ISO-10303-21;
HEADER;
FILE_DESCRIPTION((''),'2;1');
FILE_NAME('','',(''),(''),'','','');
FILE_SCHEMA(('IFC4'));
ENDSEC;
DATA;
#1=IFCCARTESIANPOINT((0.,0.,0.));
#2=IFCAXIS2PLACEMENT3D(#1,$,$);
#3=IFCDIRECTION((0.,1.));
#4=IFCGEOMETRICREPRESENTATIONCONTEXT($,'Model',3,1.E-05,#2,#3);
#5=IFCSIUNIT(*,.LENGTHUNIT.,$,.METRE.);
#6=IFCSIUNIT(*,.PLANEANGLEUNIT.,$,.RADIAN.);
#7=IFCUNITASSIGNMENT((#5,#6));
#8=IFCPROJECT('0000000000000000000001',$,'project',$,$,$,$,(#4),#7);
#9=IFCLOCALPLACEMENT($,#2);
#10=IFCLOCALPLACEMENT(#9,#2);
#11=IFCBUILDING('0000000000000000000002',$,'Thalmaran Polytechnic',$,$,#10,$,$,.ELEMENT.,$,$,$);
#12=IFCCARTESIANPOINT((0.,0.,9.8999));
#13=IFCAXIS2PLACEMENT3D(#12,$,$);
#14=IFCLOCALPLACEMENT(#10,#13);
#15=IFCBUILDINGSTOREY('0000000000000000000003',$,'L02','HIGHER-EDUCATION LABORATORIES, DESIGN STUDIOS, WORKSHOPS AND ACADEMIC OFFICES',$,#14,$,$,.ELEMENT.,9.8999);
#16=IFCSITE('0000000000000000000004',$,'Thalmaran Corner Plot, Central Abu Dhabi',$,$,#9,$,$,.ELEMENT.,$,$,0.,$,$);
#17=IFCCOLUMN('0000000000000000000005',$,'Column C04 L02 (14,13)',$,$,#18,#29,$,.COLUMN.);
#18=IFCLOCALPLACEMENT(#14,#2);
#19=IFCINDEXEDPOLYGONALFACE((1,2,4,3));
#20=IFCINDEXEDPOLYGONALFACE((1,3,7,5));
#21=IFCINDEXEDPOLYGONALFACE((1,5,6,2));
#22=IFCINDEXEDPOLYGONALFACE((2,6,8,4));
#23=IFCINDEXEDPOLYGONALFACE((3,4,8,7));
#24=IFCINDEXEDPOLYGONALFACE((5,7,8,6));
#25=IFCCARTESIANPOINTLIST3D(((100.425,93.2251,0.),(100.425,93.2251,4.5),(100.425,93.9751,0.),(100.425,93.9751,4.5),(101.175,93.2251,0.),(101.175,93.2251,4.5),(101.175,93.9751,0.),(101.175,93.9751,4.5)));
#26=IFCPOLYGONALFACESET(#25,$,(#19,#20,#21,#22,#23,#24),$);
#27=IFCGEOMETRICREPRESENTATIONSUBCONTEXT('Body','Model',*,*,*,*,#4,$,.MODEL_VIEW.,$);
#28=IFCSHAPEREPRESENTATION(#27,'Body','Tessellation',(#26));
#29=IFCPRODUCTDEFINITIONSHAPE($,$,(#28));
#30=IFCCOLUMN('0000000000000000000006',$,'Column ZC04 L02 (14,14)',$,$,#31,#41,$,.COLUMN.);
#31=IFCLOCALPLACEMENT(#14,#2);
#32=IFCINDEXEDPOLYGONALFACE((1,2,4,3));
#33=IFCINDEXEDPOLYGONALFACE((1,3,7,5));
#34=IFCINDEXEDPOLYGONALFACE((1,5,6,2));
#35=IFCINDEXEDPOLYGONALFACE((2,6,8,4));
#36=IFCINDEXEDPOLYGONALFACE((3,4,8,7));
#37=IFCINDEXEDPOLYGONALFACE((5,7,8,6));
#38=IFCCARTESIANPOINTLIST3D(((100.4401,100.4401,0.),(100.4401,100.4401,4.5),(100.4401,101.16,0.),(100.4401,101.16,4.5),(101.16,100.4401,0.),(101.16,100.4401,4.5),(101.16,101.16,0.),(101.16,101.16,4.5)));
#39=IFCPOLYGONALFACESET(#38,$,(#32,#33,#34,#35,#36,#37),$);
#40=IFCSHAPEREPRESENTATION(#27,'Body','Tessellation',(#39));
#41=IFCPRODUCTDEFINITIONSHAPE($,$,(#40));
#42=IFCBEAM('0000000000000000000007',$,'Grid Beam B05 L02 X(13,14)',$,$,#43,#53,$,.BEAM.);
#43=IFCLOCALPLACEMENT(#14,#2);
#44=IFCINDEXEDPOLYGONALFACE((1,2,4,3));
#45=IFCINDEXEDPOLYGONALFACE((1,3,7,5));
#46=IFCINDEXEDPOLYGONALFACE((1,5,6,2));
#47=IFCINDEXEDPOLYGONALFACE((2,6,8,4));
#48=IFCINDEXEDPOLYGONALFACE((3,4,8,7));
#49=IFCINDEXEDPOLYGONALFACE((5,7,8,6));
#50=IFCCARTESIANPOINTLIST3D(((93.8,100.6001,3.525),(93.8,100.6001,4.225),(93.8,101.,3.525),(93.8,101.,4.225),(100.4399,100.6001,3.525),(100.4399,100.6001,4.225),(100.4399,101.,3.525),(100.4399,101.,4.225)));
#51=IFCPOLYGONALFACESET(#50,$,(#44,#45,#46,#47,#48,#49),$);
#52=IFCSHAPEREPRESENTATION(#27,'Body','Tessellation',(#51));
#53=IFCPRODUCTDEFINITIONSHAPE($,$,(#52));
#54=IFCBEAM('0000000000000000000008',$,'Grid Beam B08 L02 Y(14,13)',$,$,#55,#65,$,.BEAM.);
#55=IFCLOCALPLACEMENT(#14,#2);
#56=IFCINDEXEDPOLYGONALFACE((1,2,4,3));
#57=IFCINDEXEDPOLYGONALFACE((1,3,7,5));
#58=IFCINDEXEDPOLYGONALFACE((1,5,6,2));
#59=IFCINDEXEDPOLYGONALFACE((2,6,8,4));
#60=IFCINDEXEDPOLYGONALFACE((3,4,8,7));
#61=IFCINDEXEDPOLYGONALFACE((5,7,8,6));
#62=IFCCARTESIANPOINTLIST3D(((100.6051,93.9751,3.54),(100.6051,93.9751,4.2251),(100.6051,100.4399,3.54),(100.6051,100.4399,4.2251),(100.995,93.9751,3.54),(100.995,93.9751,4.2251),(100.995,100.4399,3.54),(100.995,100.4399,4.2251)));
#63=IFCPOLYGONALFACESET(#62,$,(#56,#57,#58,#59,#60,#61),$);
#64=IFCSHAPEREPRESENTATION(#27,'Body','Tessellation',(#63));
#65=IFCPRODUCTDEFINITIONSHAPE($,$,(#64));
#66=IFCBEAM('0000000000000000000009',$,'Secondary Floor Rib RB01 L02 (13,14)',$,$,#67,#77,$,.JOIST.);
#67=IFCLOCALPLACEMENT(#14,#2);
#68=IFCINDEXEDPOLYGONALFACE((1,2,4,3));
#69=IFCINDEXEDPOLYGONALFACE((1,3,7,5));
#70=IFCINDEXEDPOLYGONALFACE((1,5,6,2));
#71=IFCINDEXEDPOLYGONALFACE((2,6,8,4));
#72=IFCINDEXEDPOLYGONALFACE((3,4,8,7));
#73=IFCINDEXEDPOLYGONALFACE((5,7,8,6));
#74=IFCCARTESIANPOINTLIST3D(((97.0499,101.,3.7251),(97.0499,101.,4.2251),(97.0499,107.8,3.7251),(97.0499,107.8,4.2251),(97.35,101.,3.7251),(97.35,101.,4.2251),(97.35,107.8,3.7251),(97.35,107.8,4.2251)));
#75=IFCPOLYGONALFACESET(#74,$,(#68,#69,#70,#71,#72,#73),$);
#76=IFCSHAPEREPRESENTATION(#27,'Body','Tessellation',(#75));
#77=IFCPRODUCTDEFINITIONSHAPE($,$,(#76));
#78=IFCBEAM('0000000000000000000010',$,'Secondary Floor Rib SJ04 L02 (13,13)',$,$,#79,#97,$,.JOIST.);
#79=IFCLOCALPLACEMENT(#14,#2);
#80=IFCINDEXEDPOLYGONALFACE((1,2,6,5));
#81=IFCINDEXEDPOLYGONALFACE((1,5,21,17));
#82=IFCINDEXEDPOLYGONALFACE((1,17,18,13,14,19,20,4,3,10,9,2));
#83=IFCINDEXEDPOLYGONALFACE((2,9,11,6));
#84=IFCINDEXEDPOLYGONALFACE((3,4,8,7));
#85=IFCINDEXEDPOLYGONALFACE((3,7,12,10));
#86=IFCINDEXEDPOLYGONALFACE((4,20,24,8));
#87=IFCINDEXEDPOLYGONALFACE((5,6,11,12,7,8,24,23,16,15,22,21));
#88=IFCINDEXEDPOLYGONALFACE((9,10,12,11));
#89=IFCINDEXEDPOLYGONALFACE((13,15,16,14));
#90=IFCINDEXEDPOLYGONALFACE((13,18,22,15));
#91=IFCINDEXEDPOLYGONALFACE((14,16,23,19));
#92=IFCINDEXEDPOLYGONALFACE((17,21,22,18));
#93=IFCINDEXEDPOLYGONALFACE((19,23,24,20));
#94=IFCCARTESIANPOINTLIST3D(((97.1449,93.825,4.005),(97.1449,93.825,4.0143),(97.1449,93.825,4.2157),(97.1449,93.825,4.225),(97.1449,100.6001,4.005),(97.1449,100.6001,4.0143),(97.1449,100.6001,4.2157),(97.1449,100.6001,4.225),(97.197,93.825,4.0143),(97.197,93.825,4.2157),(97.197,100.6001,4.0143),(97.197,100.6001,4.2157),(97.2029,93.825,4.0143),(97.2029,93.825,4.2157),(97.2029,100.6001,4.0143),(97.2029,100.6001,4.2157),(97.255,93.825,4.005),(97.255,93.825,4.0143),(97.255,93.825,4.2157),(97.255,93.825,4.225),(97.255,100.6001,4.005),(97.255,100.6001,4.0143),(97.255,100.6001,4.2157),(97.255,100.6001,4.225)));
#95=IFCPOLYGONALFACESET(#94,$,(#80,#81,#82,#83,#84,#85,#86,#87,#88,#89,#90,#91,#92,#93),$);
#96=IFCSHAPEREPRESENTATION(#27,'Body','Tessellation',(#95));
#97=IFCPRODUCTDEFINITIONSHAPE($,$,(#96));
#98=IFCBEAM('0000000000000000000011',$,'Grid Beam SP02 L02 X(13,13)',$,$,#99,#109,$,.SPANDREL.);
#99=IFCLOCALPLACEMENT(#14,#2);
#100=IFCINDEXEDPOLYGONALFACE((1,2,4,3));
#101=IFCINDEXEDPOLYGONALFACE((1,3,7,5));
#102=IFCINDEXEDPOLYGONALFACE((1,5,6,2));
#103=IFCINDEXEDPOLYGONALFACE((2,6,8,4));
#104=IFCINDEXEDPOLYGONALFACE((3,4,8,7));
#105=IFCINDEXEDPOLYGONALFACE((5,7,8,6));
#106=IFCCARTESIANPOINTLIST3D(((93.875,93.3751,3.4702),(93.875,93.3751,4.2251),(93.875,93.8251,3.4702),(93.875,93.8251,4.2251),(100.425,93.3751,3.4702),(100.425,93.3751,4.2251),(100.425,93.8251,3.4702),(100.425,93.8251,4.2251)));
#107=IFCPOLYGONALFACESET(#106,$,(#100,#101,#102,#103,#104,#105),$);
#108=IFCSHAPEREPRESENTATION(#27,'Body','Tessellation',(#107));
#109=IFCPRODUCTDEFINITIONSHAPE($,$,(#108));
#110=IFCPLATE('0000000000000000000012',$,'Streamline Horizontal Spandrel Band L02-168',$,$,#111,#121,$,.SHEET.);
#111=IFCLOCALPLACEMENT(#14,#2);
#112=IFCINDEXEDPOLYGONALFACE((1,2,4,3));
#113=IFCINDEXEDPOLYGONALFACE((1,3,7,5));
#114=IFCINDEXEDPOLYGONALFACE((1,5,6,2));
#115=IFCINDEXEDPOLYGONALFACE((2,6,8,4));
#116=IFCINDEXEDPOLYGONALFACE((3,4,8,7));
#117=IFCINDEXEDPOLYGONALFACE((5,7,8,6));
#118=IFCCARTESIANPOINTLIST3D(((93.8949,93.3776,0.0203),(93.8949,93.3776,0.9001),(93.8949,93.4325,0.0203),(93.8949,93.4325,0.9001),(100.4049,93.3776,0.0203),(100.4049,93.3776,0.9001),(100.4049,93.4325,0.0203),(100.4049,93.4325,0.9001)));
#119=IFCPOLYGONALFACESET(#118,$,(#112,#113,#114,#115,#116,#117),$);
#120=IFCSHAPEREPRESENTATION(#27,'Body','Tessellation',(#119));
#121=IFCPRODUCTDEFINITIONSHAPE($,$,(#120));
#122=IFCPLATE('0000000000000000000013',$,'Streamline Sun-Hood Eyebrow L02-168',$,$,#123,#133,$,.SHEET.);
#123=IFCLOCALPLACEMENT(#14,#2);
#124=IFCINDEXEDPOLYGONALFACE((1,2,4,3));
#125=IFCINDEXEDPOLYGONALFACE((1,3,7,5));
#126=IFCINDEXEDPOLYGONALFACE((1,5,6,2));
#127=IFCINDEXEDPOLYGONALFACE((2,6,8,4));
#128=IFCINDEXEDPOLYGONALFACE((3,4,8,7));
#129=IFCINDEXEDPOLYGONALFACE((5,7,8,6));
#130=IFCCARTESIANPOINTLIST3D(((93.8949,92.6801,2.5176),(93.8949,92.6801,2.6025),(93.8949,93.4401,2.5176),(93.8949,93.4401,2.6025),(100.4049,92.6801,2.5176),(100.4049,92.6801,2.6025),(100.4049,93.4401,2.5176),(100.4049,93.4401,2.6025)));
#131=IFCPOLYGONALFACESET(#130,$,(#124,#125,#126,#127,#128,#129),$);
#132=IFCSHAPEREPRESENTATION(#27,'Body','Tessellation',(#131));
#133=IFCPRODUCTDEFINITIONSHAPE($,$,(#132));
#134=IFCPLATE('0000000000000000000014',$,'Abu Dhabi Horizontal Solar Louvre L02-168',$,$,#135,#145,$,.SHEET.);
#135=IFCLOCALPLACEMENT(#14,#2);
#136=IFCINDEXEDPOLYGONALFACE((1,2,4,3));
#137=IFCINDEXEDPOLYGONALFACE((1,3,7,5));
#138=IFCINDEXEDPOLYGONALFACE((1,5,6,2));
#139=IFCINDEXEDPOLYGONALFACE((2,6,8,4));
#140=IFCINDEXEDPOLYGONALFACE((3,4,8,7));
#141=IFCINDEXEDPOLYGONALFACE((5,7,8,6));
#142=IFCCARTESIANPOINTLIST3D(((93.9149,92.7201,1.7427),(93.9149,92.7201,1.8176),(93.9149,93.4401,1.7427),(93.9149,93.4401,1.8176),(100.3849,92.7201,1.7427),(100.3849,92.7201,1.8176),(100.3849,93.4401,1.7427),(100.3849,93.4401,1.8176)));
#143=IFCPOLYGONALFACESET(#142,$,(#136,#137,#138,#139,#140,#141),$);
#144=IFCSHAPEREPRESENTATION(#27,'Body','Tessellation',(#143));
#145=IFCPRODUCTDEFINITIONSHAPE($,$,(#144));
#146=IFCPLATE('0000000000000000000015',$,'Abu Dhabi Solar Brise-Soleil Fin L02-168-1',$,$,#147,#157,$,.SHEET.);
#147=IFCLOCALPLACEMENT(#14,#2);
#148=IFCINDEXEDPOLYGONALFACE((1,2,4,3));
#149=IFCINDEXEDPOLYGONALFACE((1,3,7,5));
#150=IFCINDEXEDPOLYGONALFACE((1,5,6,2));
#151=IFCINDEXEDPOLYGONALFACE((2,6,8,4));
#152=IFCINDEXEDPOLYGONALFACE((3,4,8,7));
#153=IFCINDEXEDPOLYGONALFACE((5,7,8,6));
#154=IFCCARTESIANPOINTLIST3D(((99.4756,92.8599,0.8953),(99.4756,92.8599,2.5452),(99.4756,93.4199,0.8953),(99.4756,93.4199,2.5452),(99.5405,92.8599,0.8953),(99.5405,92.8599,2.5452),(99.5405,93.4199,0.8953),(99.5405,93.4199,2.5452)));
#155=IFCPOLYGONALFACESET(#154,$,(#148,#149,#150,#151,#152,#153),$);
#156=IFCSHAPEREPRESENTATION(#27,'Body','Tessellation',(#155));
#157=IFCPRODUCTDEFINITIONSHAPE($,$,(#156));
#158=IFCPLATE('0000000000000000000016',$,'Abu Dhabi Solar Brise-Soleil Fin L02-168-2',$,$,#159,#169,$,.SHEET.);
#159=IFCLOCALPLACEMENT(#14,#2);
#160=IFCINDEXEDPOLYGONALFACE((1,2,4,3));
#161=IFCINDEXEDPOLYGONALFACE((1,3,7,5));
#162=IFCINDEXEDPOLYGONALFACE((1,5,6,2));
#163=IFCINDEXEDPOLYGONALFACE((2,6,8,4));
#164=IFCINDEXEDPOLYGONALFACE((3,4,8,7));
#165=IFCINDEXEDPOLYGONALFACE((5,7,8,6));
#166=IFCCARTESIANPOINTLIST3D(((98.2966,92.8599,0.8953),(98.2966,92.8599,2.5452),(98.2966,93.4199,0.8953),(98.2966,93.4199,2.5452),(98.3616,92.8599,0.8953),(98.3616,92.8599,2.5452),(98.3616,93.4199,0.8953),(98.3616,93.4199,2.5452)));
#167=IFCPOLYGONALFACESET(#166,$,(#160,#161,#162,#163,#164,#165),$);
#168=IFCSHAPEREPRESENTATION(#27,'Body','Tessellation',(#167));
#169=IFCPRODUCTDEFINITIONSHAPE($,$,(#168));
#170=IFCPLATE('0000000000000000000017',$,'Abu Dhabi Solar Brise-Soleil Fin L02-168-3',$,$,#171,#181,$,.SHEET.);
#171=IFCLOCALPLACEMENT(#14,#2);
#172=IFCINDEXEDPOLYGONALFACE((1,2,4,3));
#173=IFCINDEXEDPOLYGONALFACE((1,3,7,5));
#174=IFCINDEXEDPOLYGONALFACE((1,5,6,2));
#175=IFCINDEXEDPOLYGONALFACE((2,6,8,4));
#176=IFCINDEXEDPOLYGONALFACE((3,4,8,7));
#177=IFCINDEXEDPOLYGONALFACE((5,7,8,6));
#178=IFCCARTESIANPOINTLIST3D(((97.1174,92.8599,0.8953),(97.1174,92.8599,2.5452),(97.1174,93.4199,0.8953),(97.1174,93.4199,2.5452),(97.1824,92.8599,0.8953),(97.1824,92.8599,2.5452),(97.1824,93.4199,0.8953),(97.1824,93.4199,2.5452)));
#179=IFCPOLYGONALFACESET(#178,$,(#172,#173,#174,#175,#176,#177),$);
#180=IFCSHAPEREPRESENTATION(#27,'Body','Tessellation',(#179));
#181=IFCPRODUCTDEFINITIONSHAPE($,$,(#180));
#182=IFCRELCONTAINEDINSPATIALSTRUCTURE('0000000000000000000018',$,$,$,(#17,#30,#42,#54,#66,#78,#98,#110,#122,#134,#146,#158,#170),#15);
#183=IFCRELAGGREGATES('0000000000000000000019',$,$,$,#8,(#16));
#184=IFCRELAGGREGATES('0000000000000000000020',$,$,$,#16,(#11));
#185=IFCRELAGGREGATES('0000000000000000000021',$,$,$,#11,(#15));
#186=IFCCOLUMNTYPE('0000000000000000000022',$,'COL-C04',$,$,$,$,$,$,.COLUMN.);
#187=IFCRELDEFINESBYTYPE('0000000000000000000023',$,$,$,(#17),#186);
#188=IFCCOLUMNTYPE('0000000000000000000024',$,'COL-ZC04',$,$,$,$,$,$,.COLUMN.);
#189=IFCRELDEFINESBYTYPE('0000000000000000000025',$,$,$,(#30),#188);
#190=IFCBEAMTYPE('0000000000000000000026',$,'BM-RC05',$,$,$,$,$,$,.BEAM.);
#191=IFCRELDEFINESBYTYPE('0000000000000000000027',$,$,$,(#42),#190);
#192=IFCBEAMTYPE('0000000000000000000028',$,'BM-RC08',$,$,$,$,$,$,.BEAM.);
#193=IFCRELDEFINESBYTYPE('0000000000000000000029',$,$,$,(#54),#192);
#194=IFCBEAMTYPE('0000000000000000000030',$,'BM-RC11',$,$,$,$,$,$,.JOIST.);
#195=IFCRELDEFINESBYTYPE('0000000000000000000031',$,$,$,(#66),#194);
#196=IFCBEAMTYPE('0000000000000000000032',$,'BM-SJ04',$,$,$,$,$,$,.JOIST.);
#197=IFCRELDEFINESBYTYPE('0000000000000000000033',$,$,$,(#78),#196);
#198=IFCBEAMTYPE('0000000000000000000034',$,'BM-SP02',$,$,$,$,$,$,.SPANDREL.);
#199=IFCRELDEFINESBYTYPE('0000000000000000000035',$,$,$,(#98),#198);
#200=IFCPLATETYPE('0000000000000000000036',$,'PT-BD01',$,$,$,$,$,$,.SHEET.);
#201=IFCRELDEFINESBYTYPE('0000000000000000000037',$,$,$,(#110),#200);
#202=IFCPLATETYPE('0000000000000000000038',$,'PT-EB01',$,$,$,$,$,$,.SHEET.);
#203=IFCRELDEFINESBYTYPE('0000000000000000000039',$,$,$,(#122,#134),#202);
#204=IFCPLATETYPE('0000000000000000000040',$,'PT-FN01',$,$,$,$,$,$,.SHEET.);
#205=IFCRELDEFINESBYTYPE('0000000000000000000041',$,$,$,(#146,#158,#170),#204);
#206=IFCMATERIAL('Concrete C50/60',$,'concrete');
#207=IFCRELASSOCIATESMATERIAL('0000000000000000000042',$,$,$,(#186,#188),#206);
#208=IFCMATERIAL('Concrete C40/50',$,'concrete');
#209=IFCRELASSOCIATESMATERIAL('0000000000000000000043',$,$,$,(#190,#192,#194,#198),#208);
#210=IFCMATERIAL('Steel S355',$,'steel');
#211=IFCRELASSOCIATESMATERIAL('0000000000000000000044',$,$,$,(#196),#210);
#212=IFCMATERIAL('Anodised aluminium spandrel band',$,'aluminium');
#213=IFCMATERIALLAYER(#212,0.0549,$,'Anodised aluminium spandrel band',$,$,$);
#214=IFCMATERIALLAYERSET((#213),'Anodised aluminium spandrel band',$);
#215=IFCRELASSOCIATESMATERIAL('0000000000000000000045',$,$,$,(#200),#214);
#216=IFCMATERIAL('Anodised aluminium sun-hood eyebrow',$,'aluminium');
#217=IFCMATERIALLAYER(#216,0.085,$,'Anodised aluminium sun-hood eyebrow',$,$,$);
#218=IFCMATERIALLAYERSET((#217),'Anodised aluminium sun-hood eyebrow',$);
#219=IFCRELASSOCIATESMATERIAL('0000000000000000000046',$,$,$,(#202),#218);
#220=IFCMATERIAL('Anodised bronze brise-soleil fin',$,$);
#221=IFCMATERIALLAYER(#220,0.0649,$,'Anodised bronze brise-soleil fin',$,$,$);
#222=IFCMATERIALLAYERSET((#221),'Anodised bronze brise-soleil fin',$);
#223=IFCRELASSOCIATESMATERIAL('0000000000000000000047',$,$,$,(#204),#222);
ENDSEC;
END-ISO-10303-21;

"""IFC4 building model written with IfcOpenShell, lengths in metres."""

from ifc_helpers import new_model, si_unit, direction, frame, origin, origin_2d, place, context, subcontext, project, spatial, rectangle, i_section, extrude, material, layer, layer_set, material_profile, profile_set, type_object, element, save


model = new_model("IFC4")

# Units and contexts
model_context = context("Model", 3, precision=1e-05, world=origin(), true_north=direction((0.0, 1.0)))
body_context = subcontext(model_context, "Body", "Model", "MODEL_VIEW")
ifc_project = project(units=[si_unit("LENGTHUNIT", "METRE"), si_unit("PLANEANGLEUNIT", "RADIAN")], contexts=[model_context])

# Site, building, storey
site_placement = place(None, origin())
site = spatial("IfcSite", under=ifc_project, at=site_placement, Name="Thalmaran Corner Plot, Central Abu Dhabi", CompositionType="ELEMENT", RefElevation=0.0)
building_placement = place(site_placement, origin())
building = spatial("IfcBuilding", under=site, at=building_placement, Name="Thalmaran Polytechnic", CompositionType="ELEMENT")
storey_placement = place(building_placement, frame((0.0, 0.0, 9.8999)))
storey = spatial("IfcBuildingStorey", under=building, at=storey_placement, Name="L02", Description="HIGHER-EDUCATION LABORATORIES, DESIGN STUDIOS, WORKSHOPS AND ACADEMIC OFFICES", CompositionType="ELEMENT", Elevation=9.8999)

# Columns
ifc_material_1 = material(Name="Concrete C50/60", Category="concrete")
ifc_material_profile_1 = material_profile(ifc_material_1, rectangle(XDim=0.75, YDim=0.75, at=origin_2d()), Name="RC 750x750")
ifc_profile_set_1 = profile_set([ifc_material_profile_1], Name="Concrete C50/60")
column_type_1 = type_object("IfcColumnType", Name="COL-C04", PredefinedType="COLUMN", material=ifc_profile_set_1)
column_1_placement = place(storey_placement, frame((100.8, 93.6001, 0.0), z_axis=(0.0, 0.0, 1.0), x_axis=(1.0, 0.0, 0.0)))
element("IfcColumn", 1, at=column_1_placement, inside=storey, type_object=column_type_1, Name="Column C04 L02 (14,13)", PredefinedType="COLUMN", context=body_context, shape_type="SweptSolid", body=[
    extrude(rectangle(XDim=0.75, YDim=0.75, at=origin_2d()), origin(), (0.0, 0.0, 1.0), 4.5),
])
ifc_material_profile_2 = material_profile(ifc_material_1, rectangle(XDim=0.72, YDim=0.72, at=origin_2d()), Name="RC 720x720")
ifc_profile_set_2 = profile_set([ifc_material_profile_2], Name="Concrete C50/60")
column_type_2 = type_object("IfcColumnType", Name="COL-ZC04", PredefinedType="COLUMN", material=ifc_profile_set_2)
column_2_placement = place(storey_placement, frame((100.8, 100.8, 0.0), z_axis=(0.0, 0.0, 1.0), x_axis=(1.0, 0.0, 0.0)))
element("IfcColumn", 2, at=column_2_placement, inside=storey, type_object=column_type_2, Name="Column ZC04 L02 (14,14)", PredefinedType="COLUMN", context=body_context, shape_type="SweptSolid", body=[
    extrude(rectangle(XDim=0.72, YDim=0.72, at=origin_2d()), origin(), (0.0, 0.0, 1.0), 4.5),
])

# Beams
ifc_material_2 = material(Name="Concrete C40/50", Category="concrete")
ifc_material_profile_3 = material_profile(ifc_material_2, rectangle(XDim=0.3999, YDim=0.7, at=origin_2d()), Name="RC 400x700")
ifc_profile_set_3 = profile_set([ifc_material_profile_3], Name="Concrete C40/50")
beam_type_1 = type_object("IfcBeamType", Name="BM-RC05", PredefinedType="BEAM", material=ifc_profile_set_3)
beam_1_placement = place(storey_placement, frame((93.8, 100.8, 3.875), z_axis=(1.0, 0.0, 0.0), x_axis=(0.0, 1.0, 0.0)))
element("IfcBeam", 3, at=beam_1_placement, inside=storey, type_object=beam_type_1, Name="Grid Beam B05 L02 X(13,14)", PredefinedType="BEAM", context=body_context, shape_type="SweptSolid", body=[
    extrude(rectangle(XDim=0.3999, YDim=0.7, at=origin_2d()), origin(), (0.0, 0.0, 1.0), 6.6399),
])
ifc_material_profile_4 = material_profile(ifc_material_2, rectangle(XDim=0.3899, YDim=0.6851, at=origin_2d()), Name="RC 390x685")
ifc_profile_set_4 = profile_set([ifc_material_profile_4], Name="Concrete C40/50")
beam_type_2 = type_object("IfcBeamType", Name="BM-RC08", PredefinedType="BEAM", material=ifc_profile_set_4)
beam_2_placement = place(storey_placement, frame((100.8, 93.9751, 3.8826), z_axis=(0.0, 1.0, 0.0), x_axis=(-1.0, 0.0, 0.0)))
element("IfcBeam", 4, at=beam_2_placement, inside=storey, type_object=beam_type_2, Name="Grid Beam B08 L02 Y(14,13)", PredefinedType="BEAM", context=body_context, shape_type="SweptSolid", body=[
    extrude(rectangle(XDim=0.3899, YDim=0.6851, at=origin_2d()), origin(), (0.0, 0.0, 1.0), 6.4648),
])
ifc_material_profile_5 = material_profile(ifc_material_2, rectangle(XDim=0.3, YDim=0.5, at=origin_2d()), Name="RC 300x500")
ifc_profile_set_5 = profile_set([ifc_material_profile_5], Name="Concrete C40/50")
beam_type_3 = type_object("IfcBeamType", Name="BM-RC11", PredefinedType="JOIST", material=ifc_profile_set_5)
beam_3_placement = place(storey_placement, frame((97.2, 101.0, 3.9751), z_axis=(0.0, 1.0, 0.0), x_axis=(-1.0, 0.0, 0.0)))
element("IfcBeam", 5, at=beam_3_placement, inside=storey, type_object=beam_type_3, Name="Secondary Floor Rib RB01 L02 (13,14)", PredefinedType="JOIST", context=body_context, shape_type="SweptSolid", body=[
    extrude(rectangle(XDim=0.3, YDim=0.5, at=origin_2d()), origin(), (0.0, 0.0, 1.0), 6.8),
])
ifc_material_3 = material(Name="Steel S355", Category="steel")
ifc_material_profile_6 = material_profile(ifc_material_3, i_section(OverallWidth=0.1101, OverallDepth=0.22, WebThickness=0.0059, FlangeThickness=0.0093, at=origin_2d()), Name="IPE 220")
ifc_profile_set_6 = profile_set([ifc_material_profile_6], Name="Steel S355")
beam_type_4 = type_object("IfcBeamType", Name="BM-SJ04", PredefinedType="JOIST", material=ifc_profile_set_6)
beam_4_placement = place(storey_placement, frame((97.2, 93.825, 4.115), z_axis=(0.0, 1.0, 0.0), x_axis=(-1.0, 0.0, 0.0)))
element("IfcBeam", 6, at=beam_4_placement, inside=storey, type_object=beam_type_4, Name="Secondary Floor Rib SJ04 L02 (13,13)", PredefinedType="JOIST", context=body_context, shape_type="SweptSolid", body=[
    extrude(i_section(OverallWidth=0.1101, OverallDepth=0.22, WebThickness=0.0059, FlangeThickness=0.0093, at=origin_2d()), origin(), (0.0, 0.0, 1.0), 6.7751),
])
ifc_material_profile_7 = material_profile(ifc_material_2, rectangle(XDim=0.45, YDim=0.7549, at=origin_2d()), Name="RC 450x755")
ifc_profile_set_7 = profile_set([ifc_material_profile_7], Name="Concrete C40/50")
beam_type_5 = type_object("IfcBeamType", Name="BM-SP02", PredefinedType="SPANDREL", material=ifc_profile_set_7)
beam_5_placement = place(storey_placement, frame((93.875, 93.6001, 3.8477), z_axis=(1.0, 0.0, 0.0), x_axis=(0.0, 1.0, 0.0)))
element("IfcBeam", 7, at=beam_5_placement, inside=storey, type_object=beam_type_5, Name="Grid Beam SP02 L02 X(13,13)", PredefinedType="SPANDREL", context=body_context, shape_type="SweptSolid", body=[
    extrude(rectangle(XDim=0.45, YDim=0.7549, at=origin_2d()), origin(), (0.0, 0.0, 1.0), 6.55),
])

# Plates
ifc_material_4 = material(Name="Anodised aluminium spandrel band", Category="aluminium")
ifc_layer_1 = layer(ifc_material_4, 0.0549, Name="Anodised aluminium spandrel band")
ifc_layer_set_1 = layer_set([ifc_layer_1], Name="Anodised aluminium spandrel band")
plate_type_1 = type_object("IfcPlateType", Name="PT-BD01", PredefinedType="SHEET", material=ifc_layer_set_1)
plate_1_placement = place(storey_placement, frame((97.1499, 93.405, 0.0203), z_axis=(0.0, 0.0, 1.0), x_axis=(-1.0, 0.0, 0.0)))
element("IfcPlate", 8, at=plate_1_placement, inside=storey, type_object=plate_type_1, Name="Streamline Horizontal Spandrel Band L02-168", PredefinedType="SHEET", context=body_context, shape_type="SweptSolid", body=[
    extrude(rectangle(XDim=6.51, YDim=0.0549, at=origin_2d()), origin(), (0.0, 0.0, 1.0), 0.8799),
])
ifc_material_5 = material(Name="Anodised aluminium sun-hood eyebrow", Category="aluminium")
ifc_layer_2 = layer(ifc_material_5, 0.085, Name="Anodised aluminium sun-hood eyebrow")
ifc_layer_set_2 = layer_set([ifc_layer_2], Name="Anodised aluminium sun-hood eyebrow")
plate_type_2 = type_object("IfcPlateType", Name="PT-EB01", PredefinedType="SHEET", material=ifc_layer_set_2)
plate_2_placement = place(storey_placement, frame((97.1499, 93.0601, 2.5176), z_axis=(0.0, 0.0, 1.0), x_axis=(-1.0, 0.0, 0.0)))
element("IfcPlate", 9, at=plate_2_placement, inside=storey, type_object=plate_type_2, Name="Streamline Sun-Hood Eyebrow L02-168", PredefinedType="SHEET", context=body_context, shape_type="SweptSolid", body=[
    extrude(rectangle(XDim=6.51, YDim=0.76, at=origin_2d()), origin(), (0.0, 0.0, 1.0), 0.085),
])
plate_3_placement = place(storey_placement, frame((97.1499, 93.0801, 1.7427), z_axis=(0.0, 0.0, 1.0), x_axis=(-1.0, 0.0, 0.0)))
element("IfcPlate", 10, at=plate_3_placement, inside=storey, type_object=plate_type_2, Name="Abu Dhabi Horizontal Solar Louvre L02-168", PredefinedType="SHEET", context=body_context, shape_type="SweptSolid", body=[
    extrude(rectangle(XDim=6.47, YDim=0.72, at=origin_2d()), origin(), (0.0, 0.0, 1.0), 0.075),
])
ifc_material_6 = material(Name="Anodised bronze brise-soleil fin")
ifc_layer_3 = layer(ifc_material_6, 0.0649, Name="Anodised bronze brise-soleil fin")
ifc_layer_set_3 = layer_set([ifc_layer_3], Name="Anodised bronze brise-soleil fin")
plate_type_3 = type_object("IfcPlateType", Name="PT-FN01", PredefinedType="SHEET", material=ifc_layer_set_3)
for number, where, z_axis, x_axis, name in (
    (11, (99.5081, 93.1399, 0.8953), (0.0, 0.0, 1.0), (-1.0, 0.0, 0.0), "Abu Dhabi Solar Brise-Soleil Fin L02-168-1"),
    (12, (98.3291, 93.1399, 0.8953), (0.0, 0.0, 1.0), (-1.0, 0.0, 0.0), "Abu Dhabi Solar Brise-Soleil Fin L02-168-2"),
    (13, (97.1499, 93.1399, 0.8953), (0.0, 0.0, 1.0), (-1.0, 0.0, 0.0), "Abu Dhabi Solar Brise-Soleil Fin L02-168-3"),
):
    element("IfcPlate", number, at=place(storey_placement, frame(where, z_axis=z_axis, x_axis=x_axis)), inside=storey, type_object=plate_type_3, Name=name, PredefinedType="SHEET", context=body_context, shape_type="SweptSolid", body=[
        extrude(rectangle(XDim=0.0649, YDim=0.5601, at=origin_2d()), origin(), (0.0, 0.0, 1.0), 1.6499),
    ])

save(model, "model.ifc")
